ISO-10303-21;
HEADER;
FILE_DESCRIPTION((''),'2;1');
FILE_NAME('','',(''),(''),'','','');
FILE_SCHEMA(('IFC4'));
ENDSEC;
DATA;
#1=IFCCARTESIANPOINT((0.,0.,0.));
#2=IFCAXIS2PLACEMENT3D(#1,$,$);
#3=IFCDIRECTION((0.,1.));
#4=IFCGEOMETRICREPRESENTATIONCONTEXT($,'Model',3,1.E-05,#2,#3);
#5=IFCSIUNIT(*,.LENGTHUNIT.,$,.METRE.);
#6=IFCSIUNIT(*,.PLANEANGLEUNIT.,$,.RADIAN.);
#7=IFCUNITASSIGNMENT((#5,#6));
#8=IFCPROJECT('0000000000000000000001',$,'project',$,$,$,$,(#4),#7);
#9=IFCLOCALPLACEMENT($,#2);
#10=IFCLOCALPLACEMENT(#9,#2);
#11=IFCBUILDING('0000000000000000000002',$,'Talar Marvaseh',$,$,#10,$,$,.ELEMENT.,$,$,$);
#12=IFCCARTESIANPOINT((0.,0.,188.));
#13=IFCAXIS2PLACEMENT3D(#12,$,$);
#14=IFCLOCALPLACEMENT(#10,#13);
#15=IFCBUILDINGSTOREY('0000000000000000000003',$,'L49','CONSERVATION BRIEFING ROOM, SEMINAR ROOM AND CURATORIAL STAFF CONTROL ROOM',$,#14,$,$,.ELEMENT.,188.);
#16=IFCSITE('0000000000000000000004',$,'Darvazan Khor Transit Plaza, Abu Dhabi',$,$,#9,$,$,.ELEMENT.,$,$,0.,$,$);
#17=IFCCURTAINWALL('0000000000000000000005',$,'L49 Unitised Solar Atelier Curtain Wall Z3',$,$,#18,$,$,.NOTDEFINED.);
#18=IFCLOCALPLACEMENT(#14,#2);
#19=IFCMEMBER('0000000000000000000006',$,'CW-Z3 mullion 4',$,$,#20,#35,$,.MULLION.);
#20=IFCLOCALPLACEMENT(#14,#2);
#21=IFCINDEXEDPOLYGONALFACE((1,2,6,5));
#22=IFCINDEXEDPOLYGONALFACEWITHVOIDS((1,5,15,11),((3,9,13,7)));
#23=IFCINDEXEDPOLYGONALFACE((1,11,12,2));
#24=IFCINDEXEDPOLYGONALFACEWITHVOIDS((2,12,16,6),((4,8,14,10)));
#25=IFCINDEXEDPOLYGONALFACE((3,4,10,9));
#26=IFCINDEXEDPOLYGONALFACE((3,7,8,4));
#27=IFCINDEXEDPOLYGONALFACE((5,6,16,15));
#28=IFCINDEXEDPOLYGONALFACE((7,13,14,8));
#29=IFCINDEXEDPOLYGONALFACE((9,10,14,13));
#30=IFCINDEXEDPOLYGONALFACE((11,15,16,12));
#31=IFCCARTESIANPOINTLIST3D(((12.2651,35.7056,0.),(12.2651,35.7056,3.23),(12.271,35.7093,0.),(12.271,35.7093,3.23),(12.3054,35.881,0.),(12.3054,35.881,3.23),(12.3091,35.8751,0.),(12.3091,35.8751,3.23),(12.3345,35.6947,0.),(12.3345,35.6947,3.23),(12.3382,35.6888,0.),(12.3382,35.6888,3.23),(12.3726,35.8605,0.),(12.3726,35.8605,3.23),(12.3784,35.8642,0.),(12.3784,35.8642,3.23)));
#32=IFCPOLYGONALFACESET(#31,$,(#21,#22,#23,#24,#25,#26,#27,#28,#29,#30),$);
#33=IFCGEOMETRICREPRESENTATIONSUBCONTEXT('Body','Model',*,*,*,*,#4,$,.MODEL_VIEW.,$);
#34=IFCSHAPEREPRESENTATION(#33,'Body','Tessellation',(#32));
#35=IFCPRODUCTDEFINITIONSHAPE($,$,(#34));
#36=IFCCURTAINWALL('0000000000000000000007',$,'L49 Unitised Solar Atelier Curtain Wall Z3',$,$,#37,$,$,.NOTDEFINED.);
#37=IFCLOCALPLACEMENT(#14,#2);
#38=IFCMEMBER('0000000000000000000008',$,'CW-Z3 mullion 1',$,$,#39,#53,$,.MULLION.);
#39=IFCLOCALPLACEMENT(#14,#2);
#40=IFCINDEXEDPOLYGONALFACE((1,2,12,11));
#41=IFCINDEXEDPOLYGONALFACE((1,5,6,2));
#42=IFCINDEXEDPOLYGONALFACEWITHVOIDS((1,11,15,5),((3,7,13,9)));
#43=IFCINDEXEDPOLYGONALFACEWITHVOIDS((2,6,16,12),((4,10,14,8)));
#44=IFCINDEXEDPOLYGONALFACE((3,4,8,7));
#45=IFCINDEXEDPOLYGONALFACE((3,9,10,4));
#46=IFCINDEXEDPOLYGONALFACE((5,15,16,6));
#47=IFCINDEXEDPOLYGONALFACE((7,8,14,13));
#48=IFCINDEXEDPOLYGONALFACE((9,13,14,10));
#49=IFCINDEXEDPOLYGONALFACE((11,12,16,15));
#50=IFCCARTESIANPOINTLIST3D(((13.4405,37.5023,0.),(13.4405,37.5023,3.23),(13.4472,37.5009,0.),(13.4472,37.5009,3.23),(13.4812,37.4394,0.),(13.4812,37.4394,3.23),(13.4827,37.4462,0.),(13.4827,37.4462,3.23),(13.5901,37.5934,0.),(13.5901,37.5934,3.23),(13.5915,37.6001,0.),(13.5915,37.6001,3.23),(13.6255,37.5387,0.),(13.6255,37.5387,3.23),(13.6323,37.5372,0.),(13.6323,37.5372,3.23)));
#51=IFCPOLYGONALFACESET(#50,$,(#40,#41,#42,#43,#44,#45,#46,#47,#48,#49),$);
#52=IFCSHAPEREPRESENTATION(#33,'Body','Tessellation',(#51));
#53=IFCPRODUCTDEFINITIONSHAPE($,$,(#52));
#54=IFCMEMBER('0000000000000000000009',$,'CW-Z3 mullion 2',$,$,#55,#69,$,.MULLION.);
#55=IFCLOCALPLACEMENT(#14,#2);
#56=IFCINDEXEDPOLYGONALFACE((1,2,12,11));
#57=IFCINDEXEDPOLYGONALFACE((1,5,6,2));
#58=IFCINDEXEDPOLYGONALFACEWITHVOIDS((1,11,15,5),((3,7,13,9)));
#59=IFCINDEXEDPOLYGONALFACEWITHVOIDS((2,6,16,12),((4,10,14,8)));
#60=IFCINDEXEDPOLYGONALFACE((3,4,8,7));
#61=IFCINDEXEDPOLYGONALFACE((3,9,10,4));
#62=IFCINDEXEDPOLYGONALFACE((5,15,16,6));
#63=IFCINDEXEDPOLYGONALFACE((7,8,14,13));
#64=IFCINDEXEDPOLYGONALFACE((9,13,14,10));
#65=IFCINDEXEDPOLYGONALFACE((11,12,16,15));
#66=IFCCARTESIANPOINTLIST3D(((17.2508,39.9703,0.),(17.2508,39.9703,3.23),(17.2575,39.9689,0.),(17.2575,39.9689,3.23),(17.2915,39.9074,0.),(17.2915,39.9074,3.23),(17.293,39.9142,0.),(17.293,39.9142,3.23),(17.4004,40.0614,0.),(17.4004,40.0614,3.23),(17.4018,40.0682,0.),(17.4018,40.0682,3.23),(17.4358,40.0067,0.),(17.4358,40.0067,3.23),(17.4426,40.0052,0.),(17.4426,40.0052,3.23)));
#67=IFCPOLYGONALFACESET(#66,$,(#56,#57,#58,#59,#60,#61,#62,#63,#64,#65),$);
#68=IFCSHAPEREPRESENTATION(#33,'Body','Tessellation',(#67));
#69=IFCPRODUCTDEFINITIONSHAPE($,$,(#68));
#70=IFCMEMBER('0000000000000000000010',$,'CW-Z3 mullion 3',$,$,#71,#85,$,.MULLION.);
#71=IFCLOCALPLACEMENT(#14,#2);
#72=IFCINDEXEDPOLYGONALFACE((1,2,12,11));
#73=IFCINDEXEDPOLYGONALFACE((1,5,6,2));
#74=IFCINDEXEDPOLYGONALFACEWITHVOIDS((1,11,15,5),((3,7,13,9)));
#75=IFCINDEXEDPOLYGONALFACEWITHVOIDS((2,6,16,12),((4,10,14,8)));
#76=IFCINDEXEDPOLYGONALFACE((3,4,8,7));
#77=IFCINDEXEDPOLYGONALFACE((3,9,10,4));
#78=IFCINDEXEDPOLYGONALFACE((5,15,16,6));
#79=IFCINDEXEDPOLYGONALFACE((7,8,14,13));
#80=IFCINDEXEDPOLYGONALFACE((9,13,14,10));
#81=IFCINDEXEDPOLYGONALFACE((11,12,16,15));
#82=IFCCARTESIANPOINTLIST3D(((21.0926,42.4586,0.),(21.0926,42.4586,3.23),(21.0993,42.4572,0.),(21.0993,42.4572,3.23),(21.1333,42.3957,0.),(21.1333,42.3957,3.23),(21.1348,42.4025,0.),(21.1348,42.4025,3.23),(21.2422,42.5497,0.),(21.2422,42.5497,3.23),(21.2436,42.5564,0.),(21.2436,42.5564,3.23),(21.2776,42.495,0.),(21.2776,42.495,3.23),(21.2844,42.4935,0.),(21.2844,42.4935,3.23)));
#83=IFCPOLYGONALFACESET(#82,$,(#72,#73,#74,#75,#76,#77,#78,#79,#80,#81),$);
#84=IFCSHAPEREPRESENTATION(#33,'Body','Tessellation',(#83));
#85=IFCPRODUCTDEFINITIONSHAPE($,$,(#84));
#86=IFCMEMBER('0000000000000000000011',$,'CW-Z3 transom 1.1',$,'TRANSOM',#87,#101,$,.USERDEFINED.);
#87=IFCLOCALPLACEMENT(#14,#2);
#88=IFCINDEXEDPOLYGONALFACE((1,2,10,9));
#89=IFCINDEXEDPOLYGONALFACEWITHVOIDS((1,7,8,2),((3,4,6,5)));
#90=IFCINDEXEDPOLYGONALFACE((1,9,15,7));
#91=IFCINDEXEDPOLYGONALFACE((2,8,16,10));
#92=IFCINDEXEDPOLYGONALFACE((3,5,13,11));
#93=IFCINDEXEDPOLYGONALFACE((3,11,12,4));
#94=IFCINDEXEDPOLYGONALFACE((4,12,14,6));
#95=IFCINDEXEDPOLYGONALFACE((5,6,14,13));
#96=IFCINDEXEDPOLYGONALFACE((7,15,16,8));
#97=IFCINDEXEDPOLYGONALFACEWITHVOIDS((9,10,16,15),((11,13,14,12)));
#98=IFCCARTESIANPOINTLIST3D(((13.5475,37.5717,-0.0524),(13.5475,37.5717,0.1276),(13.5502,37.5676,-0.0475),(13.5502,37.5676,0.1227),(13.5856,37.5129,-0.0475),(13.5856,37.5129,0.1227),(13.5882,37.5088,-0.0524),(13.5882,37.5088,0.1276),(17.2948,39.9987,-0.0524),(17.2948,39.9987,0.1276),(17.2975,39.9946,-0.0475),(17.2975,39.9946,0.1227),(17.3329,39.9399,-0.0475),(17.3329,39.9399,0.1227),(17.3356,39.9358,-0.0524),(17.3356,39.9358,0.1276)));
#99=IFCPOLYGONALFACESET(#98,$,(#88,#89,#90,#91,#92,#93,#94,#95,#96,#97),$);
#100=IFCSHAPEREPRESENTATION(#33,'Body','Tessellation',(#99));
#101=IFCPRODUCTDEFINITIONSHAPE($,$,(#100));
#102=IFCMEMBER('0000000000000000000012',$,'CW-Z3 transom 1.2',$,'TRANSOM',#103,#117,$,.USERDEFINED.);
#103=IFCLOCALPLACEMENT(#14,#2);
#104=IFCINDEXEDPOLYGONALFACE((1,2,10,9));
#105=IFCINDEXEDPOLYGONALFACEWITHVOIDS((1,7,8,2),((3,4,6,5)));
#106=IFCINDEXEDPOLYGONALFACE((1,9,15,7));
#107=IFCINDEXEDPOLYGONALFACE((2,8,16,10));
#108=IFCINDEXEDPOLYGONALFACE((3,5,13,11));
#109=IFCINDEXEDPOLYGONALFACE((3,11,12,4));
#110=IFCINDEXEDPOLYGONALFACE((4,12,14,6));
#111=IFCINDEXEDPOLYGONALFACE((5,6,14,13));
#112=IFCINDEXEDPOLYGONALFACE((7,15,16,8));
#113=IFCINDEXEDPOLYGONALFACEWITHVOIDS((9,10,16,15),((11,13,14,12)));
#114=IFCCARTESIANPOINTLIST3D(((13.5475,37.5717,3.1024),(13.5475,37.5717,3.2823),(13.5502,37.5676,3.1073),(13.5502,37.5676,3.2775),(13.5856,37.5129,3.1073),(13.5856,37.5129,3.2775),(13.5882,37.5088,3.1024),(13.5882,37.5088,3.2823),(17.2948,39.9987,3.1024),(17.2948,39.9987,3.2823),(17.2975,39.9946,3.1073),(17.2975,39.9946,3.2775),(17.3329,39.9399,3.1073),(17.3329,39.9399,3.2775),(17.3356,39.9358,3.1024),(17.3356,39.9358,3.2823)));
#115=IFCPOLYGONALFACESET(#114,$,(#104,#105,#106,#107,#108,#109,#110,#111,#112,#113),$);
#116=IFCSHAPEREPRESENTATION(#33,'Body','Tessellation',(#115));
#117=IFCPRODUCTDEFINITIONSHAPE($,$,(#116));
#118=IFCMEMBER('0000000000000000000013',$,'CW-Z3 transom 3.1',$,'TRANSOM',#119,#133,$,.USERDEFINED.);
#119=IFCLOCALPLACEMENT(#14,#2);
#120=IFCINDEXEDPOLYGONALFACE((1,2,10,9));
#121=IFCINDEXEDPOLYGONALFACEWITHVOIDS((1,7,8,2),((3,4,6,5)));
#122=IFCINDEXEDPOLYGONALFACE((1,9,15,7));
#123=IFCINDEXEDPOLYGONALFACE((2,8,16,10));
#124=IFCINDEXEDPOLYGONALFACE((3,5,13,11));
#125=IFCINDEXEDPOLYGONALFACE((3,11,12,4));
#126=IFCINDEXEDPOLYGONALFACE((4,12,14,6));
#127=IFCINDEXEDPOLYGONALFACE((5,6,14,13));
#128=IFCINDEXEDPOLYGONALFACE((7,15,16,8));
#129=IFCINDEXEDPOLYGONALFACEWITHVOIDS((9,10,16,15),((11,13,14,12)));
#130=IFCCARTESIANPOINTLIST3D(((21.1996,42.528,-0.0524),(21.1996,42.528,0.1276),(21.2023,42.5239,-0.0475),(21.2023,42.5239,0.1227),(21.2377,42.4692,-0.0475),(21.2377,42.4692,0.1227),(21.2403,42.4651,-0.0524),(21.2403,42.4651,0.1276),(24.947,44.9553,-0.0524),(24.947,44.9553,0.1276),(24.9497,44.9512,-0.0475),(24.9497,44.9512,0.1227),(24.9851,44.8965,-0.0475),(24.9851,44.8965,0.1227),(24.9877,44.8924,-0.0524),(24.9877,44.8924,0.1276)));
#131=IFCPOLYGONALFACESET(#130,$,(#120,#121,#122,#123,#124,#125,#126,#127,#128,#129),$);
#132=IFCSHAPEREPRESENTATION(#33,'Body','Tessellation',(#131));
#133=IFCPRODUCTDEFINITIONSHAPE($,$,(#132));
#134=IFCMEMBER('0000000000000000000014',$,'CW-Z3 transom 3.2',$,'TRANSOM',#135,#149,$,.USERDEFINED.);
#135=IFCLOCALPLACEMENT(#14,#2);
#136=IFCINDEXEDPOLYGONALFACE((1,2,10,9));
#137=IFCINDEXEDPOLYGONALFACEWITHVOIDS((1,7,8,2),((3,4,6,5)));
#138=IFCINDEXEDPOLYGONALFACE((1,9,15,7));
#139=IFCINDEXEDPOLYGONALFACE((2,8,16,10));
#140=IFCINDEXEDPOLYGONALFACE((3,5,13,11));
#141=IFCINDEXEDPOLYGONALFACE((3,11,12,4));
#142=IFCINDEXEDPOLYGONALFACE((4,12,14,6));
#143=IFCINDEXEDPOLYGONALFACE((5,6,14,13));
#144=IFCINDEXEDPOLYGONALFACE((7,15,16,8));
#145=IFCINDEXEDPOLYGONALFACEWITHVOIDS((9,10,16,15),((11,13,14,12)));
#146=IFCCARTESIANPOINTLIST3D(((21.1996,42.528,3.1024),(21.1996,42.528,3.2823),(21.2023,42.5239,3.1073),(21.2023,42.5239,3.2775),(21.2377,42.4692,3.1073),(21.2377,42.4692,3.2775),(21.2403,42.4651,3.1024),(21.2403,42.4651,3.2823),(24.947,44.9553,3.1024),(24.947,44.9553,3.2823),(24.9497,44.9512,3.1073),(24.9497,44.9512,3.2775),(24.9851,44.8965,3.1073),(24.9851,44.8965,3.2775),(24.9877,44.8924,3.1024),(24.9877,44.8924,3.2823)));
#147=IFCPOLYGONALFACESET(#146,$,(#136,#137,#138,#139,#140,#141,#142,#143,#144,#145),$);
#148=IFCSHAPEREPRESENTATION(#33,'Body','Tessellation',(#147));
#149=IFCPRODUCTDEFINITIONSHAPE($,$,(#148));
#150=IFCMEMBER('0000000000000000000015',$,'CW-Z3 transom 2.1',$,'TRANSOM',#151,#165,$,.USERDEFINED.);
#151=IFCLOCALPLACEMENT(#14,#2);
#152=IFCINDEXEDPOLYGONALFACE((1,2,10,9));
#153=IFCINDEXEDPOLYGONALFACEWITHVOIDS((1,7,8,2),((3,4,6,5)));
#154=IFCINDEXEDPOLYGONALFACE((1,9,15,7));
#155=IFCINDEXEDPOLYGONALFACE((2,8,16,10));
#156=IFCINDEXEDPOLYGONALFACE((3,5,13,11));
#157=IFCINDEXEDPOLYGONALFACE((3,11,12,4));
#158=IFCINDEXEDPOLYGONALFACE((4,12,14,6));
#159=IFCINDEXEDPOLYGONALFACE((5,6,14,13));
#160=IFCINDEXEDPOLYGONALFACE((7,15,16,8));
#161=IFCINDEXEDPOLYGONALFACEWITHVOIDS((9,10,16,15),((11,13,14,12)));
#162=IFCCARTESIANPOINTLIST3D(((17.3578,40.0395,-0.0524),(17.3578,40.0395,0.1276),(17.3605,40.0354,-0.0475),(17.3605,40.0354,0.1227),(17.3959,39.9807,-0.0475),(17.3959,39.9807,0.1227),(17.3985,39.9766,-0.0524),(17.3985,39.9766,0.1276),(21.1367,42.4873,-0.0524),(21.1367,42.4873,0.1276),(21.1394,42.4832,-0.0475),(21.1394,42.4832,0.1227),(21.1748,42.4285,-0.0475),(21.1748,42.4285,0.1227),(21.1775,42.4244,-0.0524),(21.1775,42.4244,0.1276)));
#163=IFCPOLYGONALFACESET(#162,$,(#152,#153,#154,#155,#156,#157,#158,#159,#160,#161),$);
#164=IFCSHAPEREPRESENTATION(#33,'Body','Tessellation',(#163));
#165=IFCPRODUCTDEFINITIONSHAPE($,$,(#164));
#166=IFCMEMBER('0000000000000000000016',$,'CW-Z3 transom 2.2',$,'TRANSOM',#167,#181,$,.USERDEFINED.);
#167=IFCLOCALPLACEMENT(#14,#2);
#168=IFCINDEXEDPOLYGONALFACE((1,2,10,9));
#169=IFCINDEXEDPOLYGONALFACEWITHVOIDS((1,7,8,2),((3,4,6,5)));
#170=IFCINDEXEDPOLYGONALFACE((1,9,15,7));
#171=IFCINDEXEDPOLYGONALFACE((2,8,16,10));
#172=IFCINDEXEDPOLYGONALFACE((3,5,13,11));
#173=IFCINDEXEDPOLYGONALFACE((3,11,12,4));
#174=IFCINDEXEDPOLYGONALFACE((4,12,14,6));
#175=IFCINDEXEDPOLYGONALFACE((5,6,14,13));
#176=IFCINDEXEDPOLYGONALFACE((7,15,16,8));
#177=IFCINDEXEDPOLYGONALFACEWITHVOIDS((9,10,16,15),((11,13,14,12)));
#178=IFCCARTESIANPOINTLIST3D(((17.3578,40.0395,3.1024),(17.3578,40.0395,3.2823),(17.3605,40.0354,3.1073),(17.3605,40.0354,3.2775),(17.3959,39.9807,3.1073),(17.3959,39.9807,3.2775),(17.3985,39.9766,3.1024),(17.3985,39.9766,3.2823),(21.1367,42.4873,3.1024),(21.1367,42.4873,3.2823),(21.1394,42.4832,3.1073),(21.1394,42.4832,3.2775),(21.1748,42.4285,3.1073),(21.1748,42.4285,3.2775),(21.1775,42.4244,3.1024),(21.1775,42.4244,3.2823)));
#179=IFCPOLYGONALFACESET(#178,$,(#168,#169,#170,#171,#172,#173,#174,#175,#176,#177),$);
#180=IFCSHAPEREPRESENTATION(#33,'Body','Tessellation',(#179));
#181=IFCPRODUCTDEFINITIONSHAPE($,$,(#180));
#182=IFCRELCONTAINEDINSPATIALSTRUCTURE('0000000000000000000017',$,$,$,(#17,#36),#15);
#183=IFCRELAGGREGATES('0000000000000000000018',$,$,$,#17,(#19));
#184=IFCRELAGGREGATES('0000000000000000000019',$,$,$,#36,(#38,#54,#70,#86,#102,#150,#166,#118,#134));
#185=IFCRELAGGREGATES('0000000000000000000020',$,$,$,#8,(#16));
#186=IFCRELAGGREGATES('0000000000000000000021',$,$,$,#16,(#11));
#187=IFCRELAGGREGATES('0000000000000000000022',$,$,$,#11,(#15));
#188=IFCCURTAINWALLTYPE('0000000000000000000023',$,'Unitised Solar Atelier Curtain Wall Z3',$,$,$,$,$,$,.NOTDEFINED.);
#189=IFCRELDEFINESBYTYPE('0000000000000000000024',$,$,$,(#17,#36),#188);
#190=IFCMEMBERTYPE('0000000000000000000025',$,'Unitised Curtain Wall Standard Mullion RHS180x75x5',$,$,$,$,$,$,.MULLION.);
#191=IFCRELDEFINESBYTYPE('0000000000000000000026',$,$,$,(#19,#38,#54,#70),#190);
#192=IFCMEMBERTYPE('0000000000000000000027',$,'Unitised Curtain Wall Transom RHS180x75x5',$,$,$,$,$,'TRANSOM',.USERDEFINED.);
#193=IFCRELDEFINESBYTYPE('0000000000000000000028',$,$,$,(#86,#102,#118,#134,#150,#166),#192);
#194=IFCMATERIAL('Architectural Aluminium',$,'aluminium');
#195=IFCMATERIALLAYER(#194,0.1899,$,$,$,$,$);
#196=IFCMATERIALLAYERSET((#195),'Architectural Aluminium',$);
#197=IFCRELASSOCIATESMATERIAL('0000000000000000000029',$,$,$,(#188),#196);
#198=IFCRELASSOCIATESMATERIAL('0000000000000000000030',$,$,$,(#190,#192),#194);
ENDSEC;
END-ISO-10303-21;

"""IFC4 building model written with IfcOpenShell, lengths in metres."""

from ifc_helpers import new_model, si_unit, direction, frame, origin, origin_2d, place, context, subcontext, project, spatial, hollow_rectangle, extrude, source, transform, mapped, material, layer, layer_set, material_profile, profile_set, type_object, type_shapes, element, aggregate, save


model = new_model("IFC4")

# Units and contexts
model_context = context("Model", 3, precision=1e-05, world=origin(), true_north=direction((0.0, 1.0)))
body_context = subcontext(model_context, "Body", "Model", "MODEL_VIEW")
ifc_project = project(units=[si_unit("LENGTHUNIT", "METRE"), si_unit("PLANEANGLEUNIT", "RADIAN")], contexts=[model_context])

# Site, building, storey
site_placement = place(None, origin())
site = spatial("IfcSite", under=ifc_project, at=site_placement, Name="Darvazan Khor Transit Plaza, Abu Dhabi", CompositionType="ELEMENT", RefElevation=0.0)
building_placement = place(site_placement, origin())
building = spatial("IfcBuilding", under=site, at=building_placement, Name="Talar Marvaseh", CompositionType="ELEMENT")
storey_placement = place(building_placement, frame((0.0, 0.0, 188.0)))
storey = spatial("IfcBuildingStorey", under=building, at=storey_placement, Name="L49", Description="CONSERVATION BRIEFING ROOM, SEMINAR ROOM AND CURATORIAL STAFF CONTROL ROOM", CompositionType="ELEMENT", Elevation=188.0)

# Curtain wall, member
ifc_material_1 = material(Name="Architectural Aluminium", Category="aluminium")
ifc_layer_1 = layer(ifc_material_1, 0.1899)
ifc_layer_set_1 = layer_set([ifc_layer_1], Name="Architectural Aluminium")
curtain_wall_type = type_object("IfcCurtainWallType", Name="Unitised Solar Atelier Curtain Wall Z3", PredefinedType="NOTDEFINED", material=ifc_layer_set_1)
curtain_wall_1_placement = place(storey_placement, origin())
curtain_wall_1 = element("IfcCurtainWall", 1, at=curtain_wall_1_placement, inside=storey, type_object=curtain_wall_type, Name="L49 Unitised Solar Atelier Curtain Wall Z3", PredefinedType="NOTDEFINED")
ifc_material_profile_1 = material_profile(ifc_material_1, hollow_rectangle(XDim=0.075, YDim=0.1799, WallThickness=0.0049, at=origin_2d()), Name="RHS180x75x5")
ifc_profile_set_1 = profile_set([ifc_material_profile_1], Name="Architectural Aluminium")
member_type_1 = type_object("IfcMemberType", Name="Unitised Curtain Wall Standard Mullion RHS180x75x5", PredefinedType="MULLION", material=ifc_profile_set_1)
shared_shape_1 = source(origin(), body_context, "Body", "SweptSolid", [
    extrude(hollow_rectangle(XDim=0.075, YDim=0.1799, WallThickness=0.0049, at=origin_2d()), origin(), (0.0, 0.0, 1.0), 3.23),
])
type_shapes(member_type_1, [shared_shape_1])
member_1_placement = place(storey_placement, frame((12.3218, 35.7849, 0.0), z_axis=(0.0, 0.0, 1.0), x_axis=(-0.974636, 0.223796, 0.0)))
member_1 = element("IfcMember", 2, at=member_1_placement, type_object=member_type_1, Name="CW-Z3 mullion 4", PredefinedType="MULLION", context=body_context, shape_type="MappedRepresentation", body=[
    mapped(shared_shape_1, transform((0.0, 0.0, 0.0), x_axis=(1.0, 0.0, 0.0), y_axis=(0.0, 1.0, 0.0), z_axis=(0.0, 0.0, 1.0), scale=1.0)),
])
aggregate(curtain_wall_1, [member_1])

# Curtain wall, members
curtain_wall_2_placement = place(storey_placement, origin())
curtain_wall_2 = element("IfcCurtainWall", 3, at=curtain_wall_2_placement, inside=storey, type_object=curtain_wall_type, Name="L49 Unitised Solar Atelier Curtain Wall Z3", PredefinedType="NOTDEFINED")
member_2_placement = place(storey_placement, frame((13.5364, 37.5198, 0.0), z_axis=(0.0, 0.0, 1.0), x_axis=(-0.543642, 0.839317, 0.0)))
member_2 = element("IfcMember", 4, at=member_2_placement, type_object=member_type_1, Name="CW-Z3 mullion 1", PredefinedType="MULLION", context=body_context, shape_type="MappedRepresentation", body=[
    mapped(shared_shape_1, transform((0.0, 0.0, 0.0), x_axis=(1.0, 0.0, 0.0), y_axis=(0.0, 1.0, 0.0), z_axis=(0.0, 0.0, 1.0), scale=1.0)),
])
member_3_placement = place(storey_placement, frame((17.3467, 39.9878, 0.0), z_axis=(0.0, 0.0, 1.0), x_axis=(-0.543642, 0.839317, 0.0)))
member_3 = element("IfcMember", 5, at=member_3_placement, type_object=member_type_1, Name="CW-Z3 mullion 2", PredefinedType="MULLION", context=body_context, shape_type="MappedRepresentation", body=[
    mapped(shared_shape_1, transform((0.0, 0.0, 0.0), x_axis=(1.0, 0.0, 0.0), y_axis=(0.0, 1.0, 0.0), z_axis=(0.0, 0.0, 1.0), scale=1.0)),
])
member_4_placement = place(storey_placement, frame((21.1885, 42.4761, 0.0), z_axis=(0.0, 0.0, 1.0), x_axis=(-0.543642, 0.839317, 0.0)))
member_4 = element("IfcMember", 6, at=member_4_placement, type_object=member_type_1, Name="CW-Z3 mullion 3", PredefinedType="MULLION", context=body_context, shape_type="MappedRepresentation", body=[
    mapped(shared_shape_1, transform((0.0, 0.0, 0.0), x_axis=(1.0, 0.0, 0.0), y_axis=(0.0, 1.0, 0.0), z_axis=(0.0, 0.0, 1.0), scale=1.0)),
])
ifc_material_profile_2 = material_profile(ifc_material_1, hollow_rectangle(XDim=0.075, YDim=0.1799, WallThickness=0.0049, at=origin_2d()), Name="RHS180x75x5")
ifc_profile_set_2 = profile_set([ifc_material_profile_2], Name="Architectural Aluminium")
member_type_2 = type_object("IfcMemberType", Name="Unitised Curtain Wall Transom RHS180x75x5", ElementType="TRANSOM", PredefinedType="USERDEFINED", material=ifc_profile_set_2)
shared_shape_2 = source(origin(), body_context, "Body", "SweptSolid", [
    extrude(hollow_rectangle(XDim=0.075, YDim=0.1799, WallThickness=0.0049, at=origin_2d()), origin(), (0.0, 0.0, 1.0), 4.4646),
])
member_5_placement = place(storey_placement, frame((13.5679, 37.5403, 0.0376), z_axis=(0.839338, 0.543609, 0.0), x_axis=(-0.543609, 0.839338, 0.0)))
member_5 = element("IfcMember", 7, at=member_5_placement, type_object=member_type_2, Name="CW-Z3 transom 1.1", ObjectType="TRANSOM", PredefinedType="USERDEFINED", context=body_context, shape_type="MappedRepresentation", body=[
    mapped(shared_shape_2, transform((0.0, 0.0, 0.0), x_axis=(1.0, 0.0, 0.0), y_axis=(0.0, 1.0, 0.0), z_axis=(0.0, 0.0, 1.0), scale=1.0)),
])
member_6_placement = place(storey_placement, frame((13.5679, 37.5403, 3.1924), z_axis=(0.839338, 0.543609, 0.0), x_axis=(-0.543609, 0.839338, 0.0)))
member_6 = element("IfcMember", 8, at=member_6_placement, type_object=member_type_2, Name="CW-Z3 transom 1.2", ObjectType="TRANSOM", PredefinedType="USERDEFINED", context=body_context, shape_type="MappedRepresentation", body=[
    mapped(shared_shape_2, transform((0.0, 0.0, 0.0), x_axis=(1.0, 0.0, 0.0), y_axis=(0.0, 1.0, 0.0), z_axis=(0.0, 0.0, 1.0), scale=1.0)),
])
shared_shape_3 = source(origin(), body_context, "Body", "SweptSolid", [
    extrude(hollow_rectangle(XDim=0.075, YDim=0.1799, WallThickness=0.0049, at=origin_2d()), origin(), (0.0, 0.0, 1.0), 4.4648),
])
member_7_placement = place(storey_placement, frame((21.22, 42.4966, 0.0376), z_axis=(0.839313, 0.543648, 0.0), x_axis=(-0.543648, 0.839313, 0.0)))
member_7 = element("IfcMember", 9, at=member_7_placement, type_object=member_type_2, Name="CW-Z3 transom 3.1", ObjectType="TRANSOM", PredefinedType="USERDEFINED", context=body_context, shape_type="MappedRepresentation", body=[
    mapped(shared_shape_3, transform((0.0, 0.0, 0.0), x_axis=(1.0, 0.0, 0.0), y_axis=(0.0, 1.0, 0.0), z_axis=(0.0, 0.0, 1.0), scale=1.0)),
])
member_8_placement = place(storey_placement, frame((21.22, 42.4966, 3.1924), z_axis=(0.839313, 0.543648, 0.0), x_axis=(-0.543648, 0.839313, 0.0)))
member_8 = element("IfcMember", 10, at=member_8_placement, type_object=member_type_2, Name="CW-Z3 transom 3.2", ObjectType="TRANSOM", PredefinedType="USERDEFINED", context=body_context, shape_type="MappedRepresentation", body=[
    mapped(shared_shape_3, transform((0.0, 0.0, 0.0), x_axis=(1.0, 0.0, 0.0), y_axis=(0.0, 1.0, 0.0), z_axis=(0.0, 0.0, 1.0), scale=1.0)),
])
shared_shape_4 = source(origin(), body_context, "Body", "SweptSolid", [
    extrude(hollow_rectangle(XDim=0.075, YDim=0.1799, WallThickness=0.0049, at=origin_2d()), origin(), (0.0, 0.0, 1.0), 4.5024),
])
type_shapes(member_type_2, [shared_shape_2, shared_shape_3, shared_shape_4])
member_9_placement = place(storey_placement, frame((17.3782, 40.0081, 0.0376), z_axis=(0.839302, 0.543665, 0.0), x_axis=(-0.543665, 0.839302, 0.0)))
member_9 = element("IfcMember", 11, at=member_9_placement, type_object=member_type_2, Name="CW-Z3 transom 2.1", ObjectType="TRANSOM", PredefinedType="USERDEFINED", context=body_context, shape_type="MappedRepresentation", body=[
    mapped(shared_shape_4, transform((0.0, 0.0, 0.0), x_axis=(1.0, 0.0, 0.0), y_axis=(0.0, 1.0, 0.0), z_axis=(0.0, 0.0, 1.0), scale=1.0)),
])
member_10_placement = place(storey_placement, frame((17.3782, 40.0081, 3.1924), z_axis=(0.839302, 0.543665, 0.0), x_axis=(-0.543665, 0.839302, 0.0)))
member_10 = element("IfcMember", 12, at=member_10_placement, type_object=member_type_2, Name="CW-Z3 transom 2.2", ObjectType="TRANSOM", PredefinedType="USERDEFINED", context=body_context, shape_type="MappedRepresentation", body=[
    mapped(shared_shape_4, transform((0.0, 0.0, 0.0), x_axis=(1.0, 0.0, 0.0), y_axis=(0.0, 1.0, 0.0), z_axis=(0.0, 0.0, 1.0), scale=1.0)),
])
aggregate(curtain_wall_2, [member_2, member_3, member_4, member_5, member_6, member_9, member_10, member_7, member_8])

save(model, "model.ifc")
